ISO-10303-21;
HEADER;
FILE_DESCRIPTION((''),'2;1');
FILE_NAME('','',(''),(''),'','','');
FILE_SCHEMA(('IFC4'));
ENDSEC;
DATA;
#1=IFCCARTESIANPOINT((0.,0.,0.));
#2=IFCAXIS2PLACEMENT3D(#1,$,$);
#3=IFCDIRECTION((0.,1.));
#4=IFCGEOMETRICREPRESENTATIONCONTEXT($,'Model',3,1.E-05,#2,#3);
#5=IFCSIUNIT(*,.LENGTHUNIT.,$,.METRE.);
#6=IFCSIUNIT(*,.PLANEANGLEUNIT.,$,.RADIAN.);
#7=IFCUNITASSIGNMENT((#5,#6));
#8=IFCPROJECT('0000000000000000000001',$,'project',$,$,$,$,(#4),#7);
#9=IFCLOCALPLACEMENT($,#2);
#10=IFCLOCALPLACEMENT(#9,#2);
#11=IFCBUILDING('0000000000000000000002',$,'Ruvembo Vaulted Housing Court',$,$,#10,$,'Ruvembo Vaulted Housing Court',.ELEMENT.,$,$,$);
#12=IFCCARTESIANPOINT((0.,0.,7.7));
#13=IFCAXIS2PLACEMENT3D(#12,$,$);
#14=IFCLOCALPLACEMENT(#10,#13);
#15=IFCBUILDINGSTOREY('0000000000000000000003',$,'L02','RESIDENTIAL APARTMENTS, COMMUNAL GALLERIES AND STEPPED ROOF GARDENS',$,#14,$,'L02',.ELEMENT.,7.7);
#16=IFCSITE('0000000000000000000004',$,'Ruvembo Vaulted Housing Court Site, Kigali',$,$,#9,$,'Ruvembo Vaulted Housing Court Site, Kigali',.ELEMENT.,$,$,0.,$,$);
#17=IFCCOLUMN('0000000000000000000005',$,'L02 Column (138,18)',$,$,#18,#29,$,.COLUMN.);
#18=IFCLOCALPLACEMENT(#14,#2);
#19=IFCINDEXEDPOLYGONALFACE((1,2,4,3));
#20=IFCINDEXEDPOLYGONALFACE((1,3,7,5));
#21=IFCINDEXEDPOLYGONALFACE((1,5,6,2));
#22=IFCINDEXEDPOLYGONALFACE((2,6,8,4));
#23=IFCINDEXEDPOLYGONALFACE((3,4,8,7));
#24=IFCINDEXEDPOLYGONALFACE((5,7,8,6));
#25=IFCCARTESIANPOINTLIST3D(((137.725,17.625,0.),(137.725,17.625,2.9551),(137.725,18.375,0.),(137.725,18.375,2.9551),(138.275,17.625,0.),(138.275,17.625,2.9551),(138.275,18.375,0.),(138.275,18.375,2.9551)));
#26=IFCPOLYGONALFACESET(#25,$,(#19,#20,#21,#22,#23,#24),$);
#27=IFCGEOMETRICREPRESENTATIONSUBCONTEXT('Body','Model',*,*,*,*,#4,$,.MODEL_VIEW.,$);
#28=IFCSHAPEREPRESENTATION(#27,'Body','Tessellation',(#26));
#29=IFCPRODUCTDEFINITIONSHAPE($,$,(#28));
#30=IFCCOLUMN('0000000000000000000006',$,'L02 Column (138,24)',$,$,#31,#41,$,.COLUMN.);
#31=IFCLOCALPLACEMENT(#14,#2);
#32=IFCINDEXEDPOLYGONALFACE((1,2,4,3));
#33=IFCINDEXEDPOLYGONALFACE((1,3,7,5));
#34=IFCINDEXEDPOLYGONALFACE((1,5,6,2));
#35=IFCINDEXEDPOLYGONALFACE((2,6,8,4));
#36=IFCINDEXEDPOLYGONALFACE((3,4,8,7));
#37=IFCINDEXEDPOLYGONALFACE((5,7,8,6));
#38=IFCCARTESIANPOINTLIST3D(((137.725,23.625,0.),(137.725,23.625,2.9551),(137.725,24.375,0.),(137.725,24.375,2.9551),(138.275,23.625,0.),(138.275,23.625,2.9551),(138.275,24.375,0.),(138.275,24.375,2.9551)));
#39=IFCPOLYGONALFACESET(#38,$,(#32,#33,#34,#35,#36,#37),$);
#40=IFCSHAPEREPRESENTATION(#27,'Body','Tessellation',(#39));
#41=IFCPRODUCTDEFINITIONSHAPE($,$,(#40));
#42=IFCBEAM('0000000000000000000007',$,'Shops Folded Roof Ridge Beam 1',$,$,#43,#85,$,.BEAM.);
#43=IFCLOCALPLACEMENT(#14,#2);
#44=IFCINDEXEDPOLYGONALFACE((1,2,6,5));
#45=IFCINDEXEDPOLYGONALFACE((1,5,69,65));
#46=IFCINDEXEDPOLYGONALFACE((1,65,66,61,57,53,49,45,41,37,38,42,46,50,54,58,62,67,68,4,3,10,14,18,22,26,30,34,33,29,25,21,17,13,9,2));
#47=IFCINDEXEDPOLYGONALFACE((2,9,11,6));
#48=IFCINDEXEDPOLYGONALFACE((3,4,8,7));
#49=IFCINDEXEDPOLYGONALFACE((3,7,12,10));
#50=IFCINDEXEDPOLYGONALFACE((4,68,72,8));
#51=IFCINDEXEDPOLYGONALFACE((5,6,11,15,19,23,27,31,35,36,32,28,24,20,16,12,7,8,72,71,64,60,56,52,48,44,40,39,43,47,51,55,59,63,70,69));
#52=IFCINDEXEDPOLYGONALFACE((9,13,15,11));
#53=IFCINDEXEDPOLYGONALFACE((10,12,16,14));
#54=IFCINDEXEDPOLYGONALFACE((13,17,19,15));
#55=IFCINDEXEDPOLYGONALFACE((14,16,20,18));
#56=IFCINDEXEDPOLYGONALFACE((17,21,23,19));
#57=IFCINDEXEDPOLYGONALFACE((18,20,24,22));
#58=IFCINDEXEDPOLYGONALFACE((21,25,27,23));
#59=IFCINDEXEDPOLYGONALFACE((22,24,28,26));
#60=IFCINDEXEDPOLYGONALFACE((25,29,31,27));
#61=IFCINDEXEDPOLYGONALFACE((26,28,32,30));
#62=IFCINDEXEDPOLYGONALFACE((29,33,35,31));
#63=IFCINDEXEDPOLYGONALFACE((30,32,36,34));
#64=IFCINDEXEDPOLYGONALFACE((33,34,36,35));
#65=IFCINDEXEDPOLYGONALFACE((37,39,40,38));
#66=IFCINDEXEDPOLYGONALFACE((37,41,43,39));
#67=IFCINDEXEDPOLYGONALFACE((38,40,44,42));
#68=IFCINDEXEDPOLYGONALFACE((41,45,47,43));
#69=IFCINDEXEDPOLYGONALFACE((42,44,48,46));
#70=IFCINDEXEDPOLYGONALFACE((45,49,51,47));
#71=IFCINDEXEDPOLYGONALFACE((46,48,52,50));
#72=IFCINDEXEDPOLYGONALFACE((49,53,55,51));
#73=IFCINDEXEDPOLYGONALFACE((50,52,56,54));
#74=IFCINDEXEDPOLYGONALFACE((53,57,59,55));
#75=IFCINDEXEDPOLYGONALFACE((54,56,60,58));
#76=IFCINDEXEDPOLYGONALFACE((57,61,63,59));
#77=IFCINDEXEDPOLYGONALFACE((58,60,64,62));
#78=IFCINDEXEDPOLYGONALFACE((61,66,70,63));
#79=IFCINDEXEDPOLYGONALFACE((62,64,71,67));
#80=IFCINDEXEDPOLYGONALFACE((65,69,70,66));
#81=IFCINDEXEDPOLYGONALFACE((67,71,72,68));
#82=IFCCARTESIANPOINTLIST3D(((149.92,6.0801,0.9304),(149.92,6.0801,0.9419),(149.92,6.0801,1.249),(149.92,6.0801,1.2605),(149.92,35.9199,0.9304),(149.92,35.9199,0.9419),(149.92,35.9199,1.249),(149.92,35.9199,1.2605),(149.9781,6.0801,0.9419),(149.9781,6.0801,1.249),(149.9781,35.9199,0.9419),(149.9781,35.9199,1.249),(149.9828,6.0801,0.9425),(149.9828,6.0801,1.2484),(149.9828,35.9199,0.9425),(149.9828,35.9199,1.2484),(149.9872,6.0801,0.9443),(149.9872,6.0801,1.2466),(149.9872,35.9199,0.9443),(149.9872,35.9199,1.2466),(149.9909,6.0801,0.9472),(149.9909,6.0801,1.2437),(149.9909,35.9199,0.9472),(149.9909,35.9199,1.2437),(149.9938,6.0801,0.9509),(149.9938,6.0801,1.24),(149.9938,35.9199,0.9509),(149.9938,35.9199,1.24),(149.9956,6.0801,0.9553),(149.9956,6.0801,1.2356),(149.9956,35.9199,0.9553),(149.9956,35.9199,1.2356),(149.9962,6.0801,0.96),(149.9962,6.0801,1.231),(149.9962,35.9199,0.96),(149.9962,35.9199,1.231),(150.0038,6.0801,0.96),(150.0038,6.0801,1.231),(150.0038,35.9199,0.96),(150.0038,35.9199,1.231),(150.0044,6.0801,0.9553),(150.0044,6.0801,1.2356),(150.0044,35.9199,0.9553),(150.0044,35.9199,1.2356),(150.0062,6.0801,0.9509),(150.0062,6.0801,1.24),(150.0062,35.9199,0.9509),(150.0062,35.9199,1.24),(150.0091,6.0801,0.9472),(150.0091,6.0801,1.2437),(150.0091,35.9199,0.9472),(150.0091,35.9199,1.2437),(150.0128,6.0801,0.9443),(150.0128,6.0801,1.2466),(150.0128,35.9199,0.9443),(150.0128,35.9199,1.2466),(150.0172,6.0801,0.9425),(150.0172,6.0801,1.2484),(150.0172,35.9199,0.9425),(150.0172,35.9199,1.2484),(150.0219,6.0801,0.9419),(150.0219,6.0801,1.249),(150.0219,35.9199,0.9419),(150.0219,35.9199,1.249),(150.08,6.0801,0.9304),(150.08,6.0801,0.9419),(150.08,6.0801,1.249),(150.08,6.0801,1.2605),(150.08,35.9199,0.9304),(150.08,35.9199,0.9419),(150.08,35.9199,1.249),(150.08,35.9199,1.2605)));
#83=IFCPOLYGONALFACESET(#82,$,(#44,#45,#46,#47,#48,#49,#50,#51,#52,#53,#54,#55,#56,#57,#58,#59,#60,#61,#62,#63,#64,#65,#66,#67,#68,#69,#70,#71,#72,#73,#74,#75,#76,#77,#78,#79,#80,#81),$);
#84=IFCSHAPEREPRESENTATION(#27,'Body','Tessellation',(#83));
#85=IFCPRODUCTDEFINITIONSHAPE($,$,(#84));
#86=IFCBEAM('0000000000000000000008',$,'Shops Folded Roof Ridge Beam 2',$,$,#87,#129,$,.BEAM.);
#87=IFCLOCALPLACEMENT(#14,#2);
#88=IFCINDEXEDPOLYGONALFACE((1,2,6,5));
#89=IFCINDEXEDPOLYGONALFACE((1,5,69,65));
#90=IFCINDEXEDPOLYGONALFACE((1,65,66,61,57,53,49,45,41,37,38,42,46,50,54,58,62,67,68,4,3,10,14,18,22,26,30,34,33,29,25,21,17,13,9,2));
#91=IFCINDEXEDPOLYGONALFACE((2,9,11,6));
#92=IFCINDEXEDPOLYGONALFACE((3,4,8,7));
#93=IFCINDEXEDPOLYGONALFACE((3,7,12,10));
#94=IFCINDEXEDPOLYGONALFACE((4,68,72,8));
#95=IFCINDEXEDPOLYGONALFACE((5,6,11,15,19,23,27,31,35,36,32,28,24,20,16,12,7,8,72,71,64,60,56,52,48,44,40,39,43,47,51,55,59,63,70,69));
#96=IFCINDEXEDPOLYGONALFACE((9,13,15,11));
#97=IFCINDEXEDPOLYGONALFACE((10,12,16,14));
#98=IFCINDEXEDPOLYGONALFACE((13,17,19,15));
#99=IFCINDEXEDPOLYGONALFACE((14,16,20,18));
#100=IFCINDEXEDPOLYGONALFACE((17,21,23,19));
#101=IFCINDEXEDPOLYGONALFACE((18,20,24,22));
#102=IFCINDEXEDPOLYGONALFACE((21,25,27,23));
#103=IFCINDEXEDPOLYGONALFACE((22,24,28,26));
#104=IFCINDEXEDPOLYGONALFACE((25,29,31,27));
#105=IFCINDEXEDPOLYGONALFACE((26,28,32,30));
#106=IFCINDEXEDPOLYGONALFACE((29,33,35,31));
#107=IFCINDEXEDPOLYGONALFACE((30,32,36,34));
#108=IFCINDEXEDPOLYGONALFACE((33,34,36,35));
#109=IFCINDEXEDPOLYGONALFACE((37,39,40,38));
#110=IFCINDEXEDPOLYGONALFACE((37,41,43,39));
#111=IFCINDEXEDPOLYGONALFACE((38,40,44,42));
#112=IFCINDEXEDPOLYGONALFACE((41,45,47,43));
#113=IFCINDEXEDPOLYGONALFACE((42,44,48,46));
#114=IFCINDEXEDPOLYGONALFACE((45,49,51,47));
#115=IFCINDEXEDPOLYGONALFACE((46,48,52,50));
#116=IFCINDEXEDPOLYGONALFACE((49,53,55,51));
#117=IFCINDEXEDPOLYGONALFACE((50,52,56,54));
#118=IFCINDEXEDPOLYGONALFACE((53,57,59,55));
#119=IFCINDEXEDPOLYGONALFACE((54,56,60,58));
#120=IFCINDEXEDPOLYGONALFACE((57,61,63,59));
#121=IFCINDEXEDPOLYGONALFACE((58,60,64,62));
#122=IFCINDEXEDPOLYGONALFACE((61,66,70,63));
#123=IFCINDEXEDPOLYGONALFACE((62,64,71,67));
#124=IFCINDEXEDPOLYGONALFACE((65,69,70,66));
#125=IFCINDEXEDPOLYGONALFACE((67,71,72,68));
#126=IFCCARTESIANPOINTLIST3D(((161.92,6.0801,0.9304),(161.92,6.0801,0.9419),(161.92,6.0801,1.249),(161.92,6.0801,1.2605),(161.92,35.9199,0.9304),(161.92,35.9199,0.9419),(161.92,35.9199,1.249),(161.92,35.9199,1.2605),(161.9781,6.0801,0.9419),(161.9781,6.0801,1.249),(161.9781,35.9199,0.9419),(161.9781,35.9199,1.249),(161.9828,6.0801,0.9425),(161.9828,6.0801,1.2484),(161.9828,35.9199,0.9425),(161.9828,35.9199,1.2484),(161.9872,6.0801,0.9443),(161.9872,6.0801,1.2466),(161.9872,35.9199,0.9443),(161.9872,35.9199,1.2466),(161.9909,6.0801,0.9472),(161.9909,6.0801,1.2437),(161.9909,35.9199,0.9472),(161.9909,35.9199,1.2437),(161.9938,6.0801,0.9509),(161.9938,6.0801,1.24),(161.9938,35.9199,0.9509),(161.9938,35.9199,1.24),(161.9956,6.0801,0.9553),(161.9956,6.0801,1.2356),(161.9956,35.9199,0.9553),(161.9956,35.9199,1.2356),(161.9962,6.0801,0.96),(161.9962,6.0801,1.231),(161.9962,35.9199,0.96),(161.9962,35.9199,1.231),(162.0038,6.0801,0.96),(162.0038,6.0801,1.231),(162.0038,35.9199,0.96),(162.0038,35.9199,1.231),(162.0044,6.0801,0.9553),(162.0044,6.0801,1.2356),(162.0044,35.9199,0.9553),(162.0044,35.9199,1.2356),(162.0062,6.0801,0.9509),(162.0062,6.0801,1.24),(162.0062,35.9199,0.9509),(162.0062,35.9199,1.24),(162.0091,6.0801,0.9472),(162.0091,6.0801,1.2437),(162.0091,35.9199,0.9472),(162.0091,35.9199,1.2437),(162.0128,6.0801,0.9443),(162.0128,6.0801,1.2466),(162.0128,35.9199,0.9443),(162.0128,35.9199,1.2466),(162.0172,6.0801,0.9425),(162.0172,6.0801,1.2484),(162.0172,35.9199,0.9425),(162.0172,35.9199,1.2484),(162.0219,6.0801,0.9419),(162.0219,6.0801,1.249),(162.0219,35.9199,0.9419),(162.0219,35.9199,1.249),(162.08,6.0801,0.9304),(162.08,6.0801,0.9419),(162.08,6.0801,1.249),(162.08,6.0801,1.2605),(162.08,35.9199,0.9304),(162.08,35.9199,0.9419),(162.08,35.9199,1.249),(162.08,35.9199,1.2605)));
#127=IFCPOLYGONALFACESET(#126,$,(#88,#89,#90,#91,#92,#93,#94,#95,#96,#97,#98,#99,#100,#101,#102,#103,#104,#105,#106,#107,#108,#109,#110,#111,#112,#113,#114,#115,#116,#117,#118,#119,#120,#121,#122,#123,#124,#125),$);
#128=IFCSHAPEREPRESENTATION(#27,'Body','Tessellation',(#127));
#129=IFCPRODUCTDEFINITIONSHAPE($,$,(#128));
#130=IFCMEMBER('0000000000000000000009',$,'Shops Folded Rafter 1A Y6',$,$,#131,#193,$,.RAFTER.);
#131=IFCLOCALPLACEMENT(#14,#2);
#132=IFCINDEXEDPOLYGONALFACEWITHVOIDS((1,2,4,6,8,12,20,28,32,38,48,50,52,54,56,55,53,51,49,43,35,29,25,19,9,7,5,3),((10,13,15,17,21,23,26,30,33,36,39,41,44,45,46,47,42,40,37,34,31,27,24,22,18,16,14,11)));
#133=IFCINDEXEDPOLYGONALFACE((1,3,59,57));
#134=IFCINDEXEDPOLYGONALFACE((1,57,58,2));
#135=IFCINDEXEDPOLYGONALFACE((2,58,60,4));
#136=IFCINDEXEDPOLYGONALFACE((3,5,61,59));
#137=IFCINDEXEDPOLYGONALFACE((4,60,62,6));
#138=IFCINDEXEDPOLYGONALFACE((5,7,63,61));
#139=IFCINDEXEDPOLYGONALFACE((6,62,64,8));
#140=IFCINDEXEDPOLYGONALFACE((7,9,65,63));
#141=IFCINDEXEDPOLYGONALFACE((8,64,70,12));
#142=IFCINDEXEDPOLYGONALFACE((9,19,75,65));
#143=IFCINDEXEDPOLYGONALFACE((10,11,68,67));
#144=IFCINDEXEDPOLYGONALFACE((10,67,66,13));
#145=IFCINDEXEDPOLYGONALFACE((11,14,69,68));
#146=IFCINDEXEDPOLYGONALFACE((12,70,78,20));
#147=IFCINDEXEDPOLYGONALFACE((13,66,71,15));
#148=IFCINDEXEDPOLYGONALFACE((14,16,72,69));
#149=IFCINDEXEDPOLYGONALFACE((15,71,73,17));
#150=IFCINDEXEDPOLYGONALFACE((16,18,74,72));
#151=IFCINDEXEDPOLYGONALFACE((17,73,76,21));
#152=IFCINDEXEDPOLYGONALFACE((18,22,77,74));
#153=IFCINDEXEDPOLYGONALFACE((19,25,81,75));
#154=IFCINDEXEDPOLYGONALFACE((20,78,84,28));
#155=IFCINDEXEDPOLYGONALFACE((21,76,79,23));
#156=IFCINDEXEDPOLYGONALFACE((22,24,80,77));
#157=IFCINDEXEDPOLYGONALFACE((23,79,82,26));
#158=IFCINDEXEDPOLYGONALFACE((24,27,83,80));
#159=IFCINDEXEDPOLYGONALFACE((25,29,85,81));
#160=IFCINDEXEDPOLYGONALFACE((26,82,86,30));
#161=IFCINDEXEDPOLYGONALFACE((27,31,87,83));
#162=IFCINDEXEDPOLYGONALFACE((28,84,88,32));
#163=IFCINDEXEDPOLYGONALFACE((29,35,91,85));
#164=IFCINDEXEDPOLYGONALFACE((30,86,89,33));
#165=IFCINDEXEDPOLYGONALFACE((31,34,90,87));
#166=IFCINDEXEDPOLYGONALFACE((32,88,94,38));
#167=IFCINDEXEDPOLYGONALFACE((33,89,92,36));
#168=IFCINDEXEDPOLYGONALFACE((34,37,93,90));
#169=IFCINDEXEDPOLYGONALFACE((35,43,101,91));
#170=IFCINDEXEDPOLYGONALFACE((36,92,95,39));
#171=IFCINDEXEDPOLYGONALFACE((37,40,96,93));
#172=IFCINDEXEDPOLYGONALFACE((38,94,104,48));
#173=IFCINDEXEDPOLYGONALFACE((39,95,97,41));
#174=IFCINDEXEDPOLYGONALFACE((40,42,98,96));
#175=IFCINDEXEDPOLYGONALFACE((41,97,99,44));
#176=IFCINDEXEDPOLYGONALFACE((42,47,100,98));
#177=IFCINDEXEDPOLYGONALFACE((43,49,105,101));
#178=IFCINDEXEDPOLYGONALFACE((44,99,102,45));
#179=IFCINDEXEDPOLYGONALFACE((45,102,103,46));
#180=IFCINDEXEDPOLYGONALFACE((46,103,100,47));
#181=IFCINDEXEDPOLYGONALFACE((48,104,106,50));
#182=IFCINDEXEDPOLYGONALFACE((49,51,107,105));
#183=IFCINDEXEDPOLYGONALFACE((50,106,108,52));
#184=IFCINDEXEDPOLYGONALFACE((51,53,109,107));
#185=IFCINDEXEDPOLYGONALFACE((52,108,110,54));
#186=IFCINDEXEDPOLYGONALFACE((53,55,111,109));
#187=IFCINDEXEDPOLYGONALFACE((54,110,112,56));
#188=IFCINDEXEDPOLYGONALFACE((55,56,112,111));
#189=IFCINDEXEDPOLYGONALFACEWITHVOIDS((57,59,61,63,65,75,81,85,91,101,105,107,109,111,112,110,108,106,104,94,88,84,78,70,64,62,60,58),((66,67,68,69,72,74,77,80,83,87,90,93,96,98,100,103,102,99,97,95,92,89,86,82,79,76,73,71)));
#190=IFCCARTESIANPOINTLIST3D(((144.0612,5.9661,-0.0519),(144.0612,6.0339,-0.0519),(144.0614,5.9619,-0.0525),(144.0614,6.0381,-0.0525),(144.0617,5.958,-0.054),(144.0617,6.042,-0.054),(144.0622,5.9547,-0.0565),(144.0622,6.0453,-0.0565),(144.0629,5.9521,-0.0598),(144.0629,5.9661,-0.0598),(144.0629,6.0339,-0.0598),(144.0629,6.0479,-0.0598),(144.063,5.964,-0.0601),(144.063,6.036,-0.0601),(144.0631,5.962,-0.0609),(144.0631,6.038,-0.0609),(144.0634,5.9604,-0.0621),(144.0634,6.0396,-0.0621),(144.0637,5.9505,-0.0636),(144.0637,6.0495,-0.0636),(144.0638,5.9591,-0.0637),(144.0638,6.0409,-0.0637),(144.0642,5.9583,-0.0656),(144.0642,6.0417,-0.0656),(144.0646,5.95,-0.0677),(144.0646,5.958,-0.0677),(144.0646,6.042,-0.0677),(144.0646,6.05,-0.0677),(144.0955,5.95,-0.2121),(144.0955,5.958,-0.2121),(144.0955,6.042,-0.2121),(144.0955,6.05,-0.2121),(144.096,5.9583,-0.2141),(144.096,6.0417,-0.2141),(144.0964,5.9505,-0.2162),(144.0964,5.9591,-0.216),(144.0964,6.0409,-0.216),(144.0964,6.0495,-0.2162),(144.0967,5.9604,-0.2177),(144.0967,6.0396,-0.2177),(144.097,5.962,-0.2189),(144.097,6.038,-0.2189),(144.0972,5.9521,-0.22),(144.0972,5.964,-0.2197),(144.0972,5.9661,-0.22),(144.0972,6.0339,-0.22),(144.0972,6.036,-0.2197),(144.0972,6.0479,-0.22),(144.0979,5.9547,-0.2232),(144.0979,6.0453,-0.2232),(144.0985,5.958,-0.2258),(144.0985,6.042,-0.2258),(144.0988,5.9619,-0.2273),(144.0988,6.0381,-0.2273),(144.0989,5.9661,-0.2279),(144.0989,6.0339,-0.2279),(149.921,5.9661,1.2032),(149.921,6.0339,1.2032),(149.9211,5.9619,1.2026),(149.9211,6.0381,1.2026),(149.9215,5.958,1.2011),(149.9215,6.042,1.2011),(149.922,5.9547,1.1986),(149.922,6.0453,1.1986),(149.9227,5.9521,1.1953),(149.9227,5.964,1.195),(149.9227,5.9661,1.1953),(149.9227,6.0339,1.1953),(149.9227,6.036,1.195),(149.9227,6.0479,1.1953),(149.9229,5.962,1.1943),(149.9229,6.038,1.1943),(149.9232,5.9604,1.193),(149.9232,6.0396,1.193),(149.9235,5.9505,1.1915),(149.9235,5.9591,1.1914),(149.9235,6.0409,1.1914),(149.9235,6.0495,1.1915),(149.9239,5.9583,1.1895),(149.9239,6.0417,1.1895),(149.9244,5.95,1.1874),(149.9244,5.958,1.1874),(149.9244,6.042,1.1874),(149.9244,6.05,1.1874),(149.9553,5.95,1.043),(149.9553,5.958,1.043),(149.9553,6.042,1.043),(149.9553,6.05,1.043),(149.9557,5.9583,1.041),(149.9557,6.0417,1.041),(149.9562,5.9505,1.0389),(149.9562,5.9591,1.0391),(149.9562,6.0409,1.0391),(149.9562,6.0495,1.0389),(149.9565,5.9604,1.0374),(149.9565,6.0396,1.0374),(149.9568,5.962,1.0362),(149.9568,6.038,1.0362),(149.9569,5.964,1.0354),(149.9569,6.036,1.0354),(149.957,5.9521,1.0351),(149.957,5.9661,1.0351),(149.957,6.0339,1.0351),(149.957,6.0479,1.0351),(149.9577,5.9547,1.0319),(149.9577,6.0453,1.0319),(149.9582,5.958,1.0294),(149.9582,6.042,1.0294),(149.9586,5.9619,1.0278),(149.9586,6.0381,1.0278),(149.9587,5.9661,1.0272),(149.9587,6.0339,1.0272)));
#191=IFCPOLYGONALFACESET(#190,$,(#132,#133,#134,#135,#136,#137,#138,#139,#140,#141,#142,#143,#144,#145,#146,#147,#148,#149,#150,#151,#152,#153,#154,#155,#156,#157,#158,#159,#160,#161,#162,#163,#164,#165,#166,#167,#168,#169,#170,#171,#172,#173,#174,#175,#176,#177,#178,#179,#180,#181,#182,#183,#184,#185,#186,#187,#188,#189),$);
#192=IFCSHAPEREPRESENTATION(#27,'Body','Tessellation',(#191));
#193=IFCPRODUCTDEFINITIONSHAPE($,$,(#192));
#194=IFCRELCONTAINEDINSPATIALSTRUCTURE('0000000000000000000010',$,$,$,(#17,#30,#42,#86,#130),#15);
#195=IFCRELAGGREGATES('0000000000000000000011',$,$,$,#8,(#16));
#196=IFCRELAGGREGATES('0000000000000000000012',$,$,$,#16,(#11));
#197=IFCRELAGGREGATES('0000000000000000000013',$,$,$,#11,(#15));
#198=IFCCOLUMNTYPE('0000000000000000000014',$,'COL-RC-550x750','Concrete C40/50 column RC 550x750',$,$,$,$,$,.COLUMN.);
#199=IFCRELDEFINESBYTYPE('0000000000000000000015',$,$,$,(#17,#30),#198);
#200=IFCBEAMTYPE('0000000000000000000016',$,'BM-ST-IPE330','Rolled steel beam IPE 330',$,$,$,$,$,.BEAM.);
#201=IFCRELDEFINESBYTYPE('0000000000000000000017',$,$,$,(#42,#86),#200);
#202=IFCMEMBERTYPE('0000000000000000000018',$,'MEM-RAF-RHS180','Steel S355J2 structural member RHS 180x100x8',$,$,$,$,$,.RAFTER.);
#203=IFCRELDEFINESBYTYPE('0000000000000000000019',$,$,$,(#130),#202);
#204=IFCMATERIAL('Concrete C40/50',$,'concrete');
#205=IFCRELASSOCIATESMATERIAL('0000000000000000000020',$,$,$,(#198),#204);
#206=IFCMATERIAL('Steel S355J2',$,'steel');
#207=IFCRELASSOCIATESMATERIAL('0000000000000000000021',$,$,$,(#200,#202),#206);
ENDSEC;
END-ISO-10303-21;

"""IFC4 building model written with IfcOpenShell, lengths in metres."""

from ifc_helpers import new_model, si_unit, direction, frame, origin, origin_2d, place, context, subcontext, project, spatial, rectangle, hollow_rectangle, i_section, extrude, material, material_profile, profile_set, type_object, element, save


model = new_model("IFC4")

# Units and contexts
model_context = context("Model", 3, precision=1e-05, world=origin(), true_north=direction((0.0, 1.0)))
body_context = subcontext(model_context, "Body", "Model", "MODEL_VIEW")
ifc_project = project(units=[si_unit("LENGTHUNIT", "METRE"), si_unit("PLANEANGLEUNIT", "RADIAN")], contexts=[model_context])

# Site, building, storey
site_placement = place(None, origin())
site = spatial("IfcSite", under=ifc_project, at=site_placement, Name="Ruvembo Vaulted Housing Court Site, Kigali", LongName="Ruvembo Vaulted Housing Court Site, Kigali", CompositionType="ELEMENT", RefElevation=0.0)
building_placement = place(site_placement, origin())
building = spatial("IfcBuilding", under=site, at=building_placement, Name="Ruvembo Vaulted Housing Court", LongName="Ruvembo Vaulted Housing Court", CompositionType="ELEMENT")
storey_placement = place(building_placement, frame((0.0, 0.0, 7.7)))
storey = spatial("IfcBuildingStorey", under=building, at=storey_placement, Name="L02", Description="RESIDENTIAL APARTMENTS, COMMUNAL GALLERIES AND STEPPED ROOF GARDENS", LongName="L02", CompositionType="ELEMENT", Elevation=7.7)

# Columns
ifc_material_1 = material(Name="Concrete C40/50", Category="concrete")
ifc_material_profile_1 = material_profile(ifc_material_1, rectangle(XDim=0.55, YDim=0.75, at=origin_2d()), Name="RC 550x750")
ifc_profile_set_1 = profile_set([ifc_material_profile_1], Name="Concrete C40/50")
column_type = type_object("IfcColumnType", Name="COL-RC-550x750", Description="Concrete C40/50 column RC 550x750", PredefinedType="COLUMN", material=ifc_profile_set_1)
for number, where, z_axis, x_axis, name in (
    (1, (138.0, 18.0, 0.0), (0.0, 0.0, 1.0), (1.0, 0.0, 0.0), "L02 Column (138,18)"),
    (2, (138.0, 24.0, 0.0), (0.0, 0.0, 1.0), (1.0, 0.0, 0.0), "L02 Column (138,24)"),
):
    element("IfcColumn", number, at=place(storey_placement, frame(where, z_axis=z_axis, x_axis=x_axis)), inside=storey, type_object=column_type, Name=name, PredefinedType="COLUMN", context=body_context, shape_type="SweptSolid", body=[
        extrude(rectangle(XDim=0.55, YDim=0.75, at=origin_2d()), origin(), (0.0, 0.0, 1.0), 2.9551),
    ])

# Beams
ifc_material_2 = material(Name="Steel S355J2", Category="steel")
ifc_material_profile_2 = material_profile(ifc_material_2, i_section(OverallWidth=0.1599, OverallDepth=0.3301, WebThickness=0.0076, FlangeThickness=0.0115, FilletRadius=0.0181, at=origin_2d()), Name="IPE 330")
ifc_profile_set_2 = profile_set([ifc_material_profile_2], Name="Steel S355J2")
beam_type_1 = type_object("IfcBeamType", Name="BM-ST-IPE330", Description="Rolled steel beam IPE 330", PredefinedType="BEAM", material=ifc_profile_set_2)
for number, where, z_axis, x_axis, name in (
    (3, (150.0, 6.0801, 1.0955), (0.0, 1.0, 0.0), (-1.0, 0.0, 0.0), "Shops Folded Roof Ridge Beam 1"),
    (4, (162.0, 6.0801, 1.0955), (0.0, 1.0, 0.0), (-1.0, 0.0, 0.0), "Shops Folded Roof Ridge Beam 2"),
):
    element("IfcBeam", number, at=place(storey_placement, frame(where, z_axis=z_axis, x_axis=x_axis)), inside=storey, type_object=beam_type_1, Name=name, PredefinedType="BEAM", context=body_context, shape_type="SweptSolid", body=[
        extrude(i_section(OverallWidth=0.1599, OverallDepth=0.3301, WebThickness=0.0076, FlangeThickness=0.0115, FilletRadius=0.0181, at=origin_2d()), origin(), (0.0, 0.0, 1.0), 29.8398),
    ])

# Member
ifc_material_profile_3 = material_profile(ifc_material_2, hollow_rectangle(XDim=0.1001, YDim=0.1799, WallThickness=0.0081, InnerFilletRadius=0.0081, OuterFilletRadius=0.0161, at=origin_2d()), Name="RHS 180x100x8")
ifc_profile_set_3 = profile_set([ifc_material_profile_3], Name="Steel S355J2")
member_type = type_object("IfcMemberType", Name="MEM-RAF-RHS180", Description="Steel S355J2 structural member RHS 180x100x8", PredefinedType="RAFTER", material=ifc_profile_set_3)
for number, where, z_axis, x_axis, name in (
    (5, (144.0801, 6.0, -0.1399), (0.977821, 0.0, 0.20944), (0.0, 1.0, 0.0), "Shops Folded Rafter 1A Y6"),
):
    element("IfcMember", number, at=place(storey_placement, frame(where, z_axis=z_axis, x_axis=x_axis)), inside=storey, type_object=member_type, Name=name, PredefinedType="RAFTER", context=body_context, shape_type="SweptSolid", body=[
        extrude(hollow_rectangle(XDim=0.1001, YDim=0.1799, WallThickness=0.0081, InnerFilletRadius=0.0081, OuterFilletRadius=0.0161, at=origin_2d()), origin(), (0.0, 0.0, 1.0), 5.9927),
    ])

save(model, "model.ifc")
